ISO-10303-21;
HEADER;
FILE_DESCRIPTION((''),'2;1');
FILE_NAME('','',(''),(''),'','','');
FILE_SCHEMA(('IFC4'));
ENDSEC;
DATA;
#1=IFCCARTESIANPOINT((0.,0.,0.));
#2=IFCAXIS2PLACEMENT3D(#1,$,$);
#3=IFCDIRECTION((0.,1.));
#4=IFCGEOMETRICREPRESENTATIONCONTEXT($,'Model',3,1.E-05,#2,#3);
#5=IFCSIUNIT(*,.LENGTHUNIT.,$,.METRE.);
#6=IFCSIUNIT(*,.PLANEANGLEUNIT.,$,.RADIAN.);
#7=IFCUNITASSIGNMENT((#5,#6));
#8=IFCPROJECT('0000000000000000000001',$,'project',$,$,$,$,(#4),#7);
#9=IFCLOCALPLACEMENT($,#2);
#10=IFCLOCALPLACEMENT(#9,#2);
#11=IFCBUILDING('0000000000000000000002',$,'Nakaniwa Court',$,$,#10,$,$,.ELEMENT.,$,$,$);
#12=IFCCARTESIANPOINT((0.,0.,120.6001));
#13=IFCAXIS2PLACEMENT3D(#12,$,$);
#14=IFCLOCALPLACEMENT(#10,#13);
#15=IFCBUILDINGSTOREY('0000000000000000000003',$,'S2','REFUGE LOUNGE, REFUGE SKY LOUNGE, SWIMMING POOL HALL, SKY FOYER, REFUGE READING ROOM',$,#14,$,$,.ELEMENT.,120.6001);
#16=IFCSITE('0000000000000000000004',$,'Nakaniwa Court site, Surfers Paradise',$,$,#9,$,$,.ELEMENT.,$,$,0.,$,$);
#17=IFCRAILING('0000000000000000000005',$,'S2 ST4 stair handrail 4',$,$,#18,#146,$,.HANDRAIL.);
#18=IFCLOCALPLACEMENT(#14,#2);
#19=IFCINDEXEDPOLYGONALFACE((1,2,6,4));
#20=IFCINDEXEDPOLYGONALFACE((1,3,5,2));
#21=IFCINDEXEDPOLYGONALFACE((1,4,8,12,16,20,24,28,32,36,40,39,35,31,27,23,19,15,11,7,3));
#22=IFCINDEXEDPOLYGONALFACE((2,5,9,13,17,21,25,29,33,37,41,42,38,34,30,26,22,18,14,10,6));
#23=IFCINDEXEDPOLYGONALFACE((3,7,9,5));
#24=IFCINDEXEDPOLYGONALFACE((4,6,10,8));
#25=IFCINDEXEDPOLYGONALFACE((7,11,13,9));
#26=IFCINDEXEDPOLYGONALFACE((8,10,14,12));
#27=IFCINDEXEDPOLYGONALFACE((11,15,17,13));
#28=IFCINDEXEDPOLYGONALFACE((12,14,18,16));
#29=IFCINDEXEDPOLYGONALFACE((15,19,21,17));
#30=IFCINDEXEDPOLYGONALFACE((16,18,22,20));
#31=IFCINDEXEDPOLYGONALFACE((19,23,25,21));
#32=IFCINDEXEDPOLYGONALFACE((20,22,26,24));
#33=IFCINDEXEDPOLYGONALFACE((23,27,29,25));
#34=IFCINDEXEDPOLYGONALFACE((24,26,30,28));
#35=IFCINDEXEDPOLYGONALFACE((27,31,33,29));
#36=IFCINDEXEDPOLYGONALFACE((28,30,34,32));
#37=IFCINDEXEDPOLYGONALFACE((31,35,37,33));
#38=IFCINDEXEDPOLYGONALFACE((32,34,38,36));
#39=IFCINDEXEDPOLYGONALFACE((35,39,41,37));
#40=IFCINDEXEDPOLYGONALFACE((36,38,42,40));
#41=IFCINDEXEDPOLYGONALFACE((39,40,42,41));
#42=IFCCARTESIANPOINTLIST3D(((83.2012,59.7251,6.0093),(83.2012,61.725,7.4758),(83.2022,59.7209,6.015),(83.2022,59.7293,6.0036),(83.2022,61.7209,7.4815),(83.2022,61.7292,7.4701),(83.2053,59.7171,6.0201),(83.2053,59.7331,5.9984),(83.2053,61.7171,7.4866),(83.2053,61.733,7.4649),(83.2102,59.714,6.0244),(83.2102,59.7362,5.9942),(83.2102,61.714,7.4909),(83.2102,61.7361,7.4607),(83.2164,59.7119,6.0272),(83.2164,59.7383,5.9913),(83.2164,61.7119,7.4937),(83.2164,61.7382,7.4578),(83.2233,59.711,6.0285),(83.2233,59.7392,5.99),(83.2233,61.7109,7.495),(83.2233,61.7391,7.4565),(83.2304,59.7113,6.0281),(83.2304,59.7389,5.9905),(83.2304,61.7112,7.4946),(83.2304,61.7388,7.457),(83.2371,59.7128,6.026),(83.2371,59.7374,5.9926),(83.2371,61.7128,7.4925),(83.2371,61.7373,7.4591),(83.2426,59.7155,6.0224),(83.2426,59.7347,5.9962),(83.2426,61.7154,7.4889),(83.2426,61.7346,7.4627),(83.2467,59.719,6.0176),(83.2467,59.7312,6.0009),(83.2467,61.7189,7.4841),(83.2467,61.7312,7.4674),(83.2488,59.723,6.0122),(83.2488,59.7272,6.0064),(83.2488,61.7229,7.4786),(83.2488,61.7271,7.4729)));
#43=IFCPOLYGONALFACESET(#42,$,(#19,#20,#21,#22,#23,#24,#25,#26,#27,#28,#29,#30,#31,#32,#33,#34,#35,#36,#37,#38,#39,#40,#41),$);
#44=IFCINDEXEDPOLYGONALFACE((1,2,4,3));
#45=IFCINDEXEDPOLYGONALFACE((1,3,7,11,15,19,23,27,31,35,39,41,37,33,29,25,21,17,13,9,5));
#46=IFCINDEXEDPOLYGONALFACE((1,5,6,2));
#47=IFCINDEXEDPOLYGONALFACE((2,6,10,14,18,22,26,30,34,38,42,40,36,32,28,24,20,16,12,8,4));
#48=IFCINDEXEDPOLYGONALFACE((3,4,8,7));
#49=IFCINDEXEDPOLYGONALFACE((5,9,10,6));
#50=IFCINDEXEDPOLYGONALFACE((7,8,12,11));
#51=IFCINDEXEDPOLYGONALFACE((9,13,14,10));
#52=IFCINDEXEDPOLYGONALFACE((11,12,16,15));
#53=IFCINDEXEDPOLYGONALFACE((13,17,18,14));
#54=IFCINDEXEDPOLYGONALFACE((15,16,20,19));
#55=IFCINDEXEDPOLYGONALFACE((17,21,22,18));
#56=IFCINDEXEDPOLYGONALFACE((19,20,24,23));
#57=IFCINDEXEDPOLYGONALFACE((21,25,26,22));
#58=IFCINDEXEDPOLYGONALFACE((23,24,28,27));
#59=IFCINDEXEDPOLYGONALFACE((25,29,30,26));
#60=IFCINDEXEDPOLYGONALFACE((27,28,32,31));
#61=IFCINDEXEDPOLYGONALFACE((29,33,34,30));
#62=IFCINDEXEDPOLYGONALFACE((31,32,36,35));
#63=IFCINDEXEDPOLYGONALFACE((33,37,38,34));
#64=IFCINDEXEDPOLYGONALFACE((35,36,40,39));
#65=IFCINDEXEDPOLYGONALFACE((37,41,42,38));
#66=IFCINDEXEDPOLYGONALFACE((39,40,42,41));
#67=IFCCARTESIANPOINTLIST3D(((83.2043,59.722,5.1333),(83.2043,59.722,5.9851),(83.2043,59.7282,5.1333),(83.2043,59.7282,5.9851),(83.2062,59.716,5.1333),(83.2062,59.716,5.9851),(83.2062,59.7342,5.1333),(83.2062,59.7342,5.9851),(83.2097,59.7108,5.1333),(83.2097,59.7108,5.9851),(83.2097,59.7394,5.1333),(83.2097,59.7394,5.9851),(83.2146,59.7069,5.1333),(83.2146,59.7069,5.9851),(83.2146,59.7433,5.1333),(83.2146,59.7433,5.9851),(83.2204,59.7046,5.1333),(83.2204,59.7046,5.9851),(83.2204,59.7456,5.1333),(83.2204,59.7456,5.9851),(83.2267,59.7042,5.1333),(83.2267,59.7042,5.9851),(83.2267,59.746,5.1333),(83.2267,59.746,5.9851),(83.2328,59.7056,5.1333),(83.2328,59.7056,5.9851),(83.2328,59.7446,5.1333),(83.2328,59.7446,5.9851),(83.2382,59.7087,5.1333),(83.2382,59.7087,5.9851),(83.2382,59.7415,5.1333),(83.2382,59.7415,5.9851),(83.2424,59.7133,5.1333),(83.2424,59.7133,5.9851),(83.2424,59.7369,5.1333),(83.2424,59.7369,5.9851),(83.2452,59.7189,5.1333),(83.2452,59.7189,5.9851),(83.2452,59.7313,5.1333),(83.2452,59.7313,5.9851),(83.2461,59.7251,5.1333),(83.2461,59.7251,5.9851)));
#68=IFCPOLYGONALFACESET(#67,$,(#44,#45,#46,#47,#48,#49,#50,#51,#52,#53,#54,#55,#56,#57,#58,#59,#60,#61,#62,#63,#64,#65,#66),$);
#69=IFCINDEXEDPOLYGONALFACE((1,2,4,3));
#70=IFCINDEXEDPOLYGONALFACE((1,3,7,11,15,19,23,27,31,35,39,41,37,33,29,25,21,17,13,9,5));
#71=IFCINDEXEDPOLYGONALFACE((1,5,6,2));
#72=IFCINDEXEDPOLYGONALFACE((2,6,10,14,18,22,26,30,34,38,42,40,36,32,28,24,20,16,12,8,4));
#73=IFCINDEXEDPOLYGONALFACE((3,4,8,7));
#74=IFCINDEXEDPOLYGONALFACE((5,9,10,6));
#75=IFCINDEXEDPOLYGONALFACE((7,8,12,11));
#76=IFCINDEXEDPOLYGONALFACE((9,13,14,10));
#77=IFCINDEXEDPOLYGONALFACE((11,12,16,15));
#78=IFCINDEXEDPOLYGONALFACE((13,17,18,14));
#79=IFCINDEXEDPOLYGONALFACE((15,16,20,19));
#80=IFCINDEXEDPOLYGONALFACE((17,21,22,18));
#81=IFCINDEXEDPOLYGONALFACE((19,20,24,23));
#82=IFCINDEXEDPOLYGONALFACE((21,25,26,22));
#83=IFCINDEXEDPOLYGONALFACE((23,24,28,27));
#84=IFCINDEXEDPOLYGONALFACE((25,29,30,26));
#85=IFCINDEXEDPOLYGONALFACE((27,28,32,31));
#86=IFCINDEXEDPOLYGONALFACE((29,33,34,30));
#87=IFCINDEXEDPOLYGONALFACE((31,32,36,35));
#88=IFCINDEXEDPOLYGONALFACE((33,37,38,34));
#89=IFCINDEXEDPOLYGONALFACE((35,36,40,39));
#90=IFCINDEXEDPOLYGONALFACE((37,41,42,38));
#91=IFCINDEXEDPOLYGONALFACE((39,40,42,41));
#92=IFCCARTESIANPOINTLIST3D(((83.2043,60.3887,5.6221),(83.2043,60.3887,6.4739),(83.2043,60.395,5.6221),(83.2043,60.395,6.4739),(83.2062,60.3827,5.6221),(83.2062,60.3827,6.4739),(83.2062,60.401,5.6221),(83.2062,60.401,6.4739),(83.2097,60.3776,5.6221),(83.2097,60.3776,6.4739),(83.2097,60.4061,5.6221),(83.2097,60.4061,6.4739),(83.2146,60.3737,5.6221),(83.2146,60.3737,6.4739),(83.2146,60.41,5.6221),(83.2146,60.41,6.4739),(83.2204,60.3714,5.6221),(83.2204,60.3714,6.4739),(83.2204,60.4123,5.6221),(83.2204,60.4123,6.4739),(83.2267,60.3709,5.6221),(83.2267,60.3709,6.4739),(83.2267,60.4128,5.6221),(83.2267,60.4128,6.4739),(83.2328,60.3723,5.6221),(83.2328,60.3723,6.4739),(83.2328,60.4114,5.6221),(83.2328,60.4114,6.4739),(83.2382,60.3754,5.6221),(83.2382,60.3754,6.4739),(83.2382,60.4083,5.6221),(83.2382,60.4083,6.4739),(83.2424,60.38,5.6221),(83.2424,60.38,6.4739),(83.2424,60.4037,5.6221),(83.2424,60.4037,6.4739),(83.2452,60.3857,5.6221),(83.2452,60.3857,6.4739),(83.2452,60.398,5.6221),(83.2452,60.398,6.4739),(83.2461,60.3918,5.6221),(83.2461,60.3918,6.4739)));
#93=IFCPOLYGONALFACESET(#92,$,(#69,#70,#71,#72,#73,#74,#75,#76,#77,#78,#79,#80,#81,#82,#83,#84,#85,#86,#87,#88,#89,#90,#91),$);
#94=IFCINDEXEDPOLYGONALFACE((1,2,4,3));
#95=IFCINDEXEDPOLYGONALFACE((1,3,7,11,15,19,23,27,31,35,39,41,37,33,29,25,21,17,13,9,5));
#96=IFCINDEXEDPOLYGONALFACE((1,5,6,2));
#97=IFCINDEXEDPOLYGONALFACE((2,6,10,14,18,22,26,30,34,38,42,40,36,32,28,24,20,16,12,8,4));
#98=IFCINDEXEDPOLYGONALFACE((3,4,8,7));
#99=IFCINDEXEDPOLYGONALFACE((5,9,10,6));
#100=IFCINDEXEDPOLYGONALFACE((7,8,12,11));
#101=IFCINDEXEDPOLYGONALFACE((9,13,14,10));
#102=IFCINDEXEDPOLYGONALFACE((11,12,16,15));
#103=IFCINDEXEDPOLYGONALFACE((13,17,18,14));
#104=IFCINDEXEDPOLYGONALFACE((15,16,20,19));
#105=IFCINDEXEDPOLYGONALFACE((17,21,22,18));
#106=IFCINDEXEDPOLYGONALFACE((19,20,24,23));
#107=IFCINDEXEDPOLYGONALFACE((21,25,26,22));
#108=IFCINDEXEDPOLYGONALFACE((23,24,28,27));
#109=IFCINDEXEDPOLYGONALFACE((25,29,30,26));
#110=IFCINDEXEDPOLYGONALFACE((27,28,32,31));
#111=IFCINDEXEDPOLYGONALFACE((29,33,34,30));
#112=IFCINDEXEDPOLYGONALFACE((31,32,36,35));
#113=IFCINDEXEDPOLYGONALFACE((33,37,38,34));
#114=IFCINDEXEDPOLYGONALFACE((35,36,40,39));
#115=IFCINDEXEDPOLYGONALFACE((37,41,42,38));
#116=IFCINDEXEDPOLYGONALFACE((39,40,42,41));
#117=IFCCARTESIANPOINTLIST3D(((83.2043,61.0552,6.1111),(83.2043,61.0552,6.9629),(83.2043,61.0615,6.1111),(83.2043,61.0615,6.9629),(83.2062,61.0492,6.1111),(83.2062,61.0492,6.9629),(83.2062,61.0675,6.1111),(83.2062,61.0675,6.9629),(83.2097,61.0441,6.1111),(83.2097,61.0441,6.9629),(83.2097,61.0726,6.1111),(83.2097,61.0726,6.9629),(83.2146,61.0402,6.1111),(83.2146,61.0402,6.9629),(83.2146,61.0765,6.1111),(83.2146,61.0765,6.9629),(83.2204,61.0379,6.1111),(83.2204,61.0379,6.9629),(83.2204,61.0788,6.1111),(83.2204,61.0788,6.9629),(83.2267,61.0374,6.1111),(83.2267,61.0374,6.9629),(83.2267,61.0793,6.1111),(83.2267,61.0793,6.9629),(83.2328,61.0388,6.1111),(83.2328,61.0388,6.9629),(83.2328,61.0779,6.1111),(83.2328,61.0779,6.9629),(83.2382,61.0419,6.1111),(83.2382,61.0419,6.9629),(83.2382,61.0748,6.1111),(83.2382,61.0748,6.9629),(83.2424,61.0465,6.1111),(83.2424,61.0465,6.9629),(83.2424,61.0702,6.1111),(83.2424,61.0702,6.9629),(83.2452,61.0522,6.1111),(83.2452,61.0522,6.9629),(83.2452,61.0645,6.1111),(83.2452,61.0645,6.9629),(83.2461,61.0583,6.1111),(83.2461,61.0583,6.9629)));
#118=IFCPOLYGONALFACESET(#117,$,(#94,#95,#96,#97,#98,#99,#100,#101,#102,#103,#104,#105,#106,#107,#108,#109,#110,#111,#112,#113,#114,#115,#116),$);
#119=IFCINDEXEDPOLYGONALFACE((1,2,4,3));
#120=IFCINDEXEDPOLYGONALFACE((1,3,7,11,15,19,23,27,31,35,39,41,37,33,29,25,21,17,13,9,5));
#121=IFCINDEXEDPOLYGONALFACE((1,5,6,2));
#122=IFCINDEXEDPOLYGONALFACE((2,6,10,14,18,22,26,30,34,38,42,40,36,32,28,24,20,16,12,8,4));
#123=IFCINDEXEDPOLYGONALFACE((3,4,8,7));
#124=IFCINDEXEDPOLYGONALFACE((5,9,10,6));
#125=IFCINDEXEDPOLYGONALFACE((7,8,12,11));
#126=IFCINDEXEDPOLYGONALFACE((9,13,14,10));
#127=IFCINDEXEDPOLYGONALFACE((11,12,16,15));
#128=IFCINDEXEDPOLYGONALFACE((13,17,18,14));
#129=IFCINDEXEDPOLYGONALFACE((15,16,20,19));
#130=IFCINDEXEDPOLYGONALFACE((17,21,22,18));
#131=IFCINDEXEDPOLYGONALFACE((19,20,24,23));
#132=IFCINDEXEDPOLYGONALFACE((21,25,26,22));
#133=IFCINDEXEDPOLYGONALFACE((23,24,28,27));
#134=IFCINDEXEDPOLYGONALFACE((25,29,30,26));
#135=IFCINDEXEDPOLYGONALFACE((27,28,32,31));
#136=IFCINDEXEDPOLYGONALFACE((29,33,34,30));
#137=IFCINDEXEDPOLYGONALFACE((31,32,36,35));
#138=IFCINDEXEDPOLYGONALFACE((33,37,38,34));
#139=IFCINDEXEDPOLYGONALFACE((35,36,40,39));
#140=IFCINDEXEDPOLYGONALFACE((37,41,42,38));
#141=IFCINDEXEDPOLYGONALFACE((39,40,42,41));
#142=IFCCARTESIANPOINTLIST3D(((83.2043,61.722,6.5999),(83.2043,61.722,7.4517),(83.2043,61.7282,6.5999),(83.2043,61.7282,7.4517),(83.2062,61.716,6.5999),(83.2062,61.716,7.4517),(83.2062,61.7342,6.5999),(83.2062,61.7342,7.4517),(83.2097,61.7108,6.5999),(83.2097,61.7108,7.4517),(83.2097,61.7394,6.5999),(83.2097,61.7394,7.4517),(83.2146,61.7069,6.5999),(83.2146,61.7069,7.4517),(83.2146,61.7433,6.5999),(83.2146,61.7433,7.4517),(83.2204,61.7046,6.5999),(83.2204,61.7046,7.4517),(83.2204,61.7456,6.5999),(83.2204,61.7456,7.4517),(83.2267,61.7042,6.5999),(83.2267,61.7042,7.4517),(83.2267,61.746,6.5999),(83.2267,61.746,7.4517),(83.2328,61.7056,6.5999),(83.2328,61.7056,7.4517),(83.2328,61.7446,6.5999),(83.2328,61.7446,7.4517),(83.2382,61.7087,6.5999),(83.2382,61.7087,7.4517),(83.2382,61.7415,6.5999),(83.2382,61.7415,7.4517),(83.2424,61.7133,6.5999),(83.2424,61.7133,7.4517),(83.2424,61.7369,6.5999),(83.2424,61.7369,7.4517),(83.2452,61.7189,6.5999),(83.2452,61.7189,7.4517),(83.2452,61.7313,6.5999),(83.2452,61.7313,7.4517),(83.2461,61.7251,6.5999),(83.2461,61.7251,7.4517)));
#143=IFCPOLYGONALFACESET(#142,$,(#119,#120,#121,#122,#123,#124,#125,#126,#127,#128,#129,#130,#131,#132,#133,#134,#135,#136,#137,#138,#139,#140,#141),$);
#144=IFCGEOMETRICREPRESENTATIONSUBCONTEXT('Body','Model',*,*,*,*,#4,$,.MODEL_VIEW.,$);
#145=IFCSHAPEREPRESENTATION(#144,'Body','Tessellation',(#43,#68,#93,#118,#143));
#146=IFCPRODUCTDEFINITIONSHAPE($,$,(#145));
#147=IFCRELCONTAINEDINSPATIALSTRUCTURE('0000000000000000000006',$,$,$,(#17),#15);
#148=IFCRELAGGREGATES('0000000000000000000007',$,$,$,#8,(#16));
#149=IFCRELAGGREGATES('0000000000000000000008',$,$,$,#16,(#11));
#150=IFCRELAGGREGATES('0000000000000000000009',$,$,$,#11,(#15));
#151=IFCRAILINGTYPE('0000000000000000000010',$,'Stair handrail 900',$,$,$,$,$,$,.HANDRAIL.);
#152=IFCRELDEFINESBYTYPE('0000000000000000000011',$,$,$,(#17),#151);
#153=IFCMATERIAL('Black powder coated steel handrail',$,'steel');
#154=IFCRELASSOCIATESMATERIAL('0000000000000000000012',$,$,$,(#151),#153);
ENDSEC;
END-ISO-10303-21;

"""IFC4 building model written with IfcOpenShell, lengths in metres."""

from ifc_helpers import new_model, si_unit, direction, frame, origin, origin_2d, place, context, subcontext, project, spatial, circle, extrude, material, type_object, element, save


model = new_model("IFC4")

# Units and contexts
model_context = context("Model", 3, precision=1e-05, world=origin(), true_north=direction((0.0, 1.0)))
body_context = subcontext(model_context, "Body", "Model", "MODEL_VIEW")
ifc_project = project(units=[si_unit("LENGTHUNIT", "METRE"), si_unit("PLANEANGLEUNIT", "RADIAN")], contexts=[model_context])

# Site, building, storey
site_placement = place(None, origin())
site = spatial("IfcSite", under=ifc_project, at=site_placement, Name="Nakaniwa Court site, Surfers Paradise", CompositionType="ELEMENT", RefElevation=0.0)
building_placement = place(site_placement, origin())
building = spatial("IfcBuilding", under=site, at=building_placement, Name="Nakaniwa Court", CompositionType="ELEMENT")
storey_placement = place(building_placement, frame((0.0, 0.0, 120.6001)))
storey = spatial("IfcBuildingStorey", under=building, at=storey_placement, Name="S2", Description="REFUGE LOUNGE, REFUGE SKY LOUNGE, SWIMMING POOL HALL, SKY FOYER, REFUGE READING ROOM", CompositionType="ELEMENT", Elevation=120.6001)

# Railing
ifc_material_1 = material(Name="Black powder coated steel handrail", Category="steel")
railing_type_1 = type_object("IfcRailingType", Name="Stair handrail 900", PredefinedType="HANDRAIL", material=ifc_material_1)
railing_1_placement = place(storey_placement, frame((83.2251, 59.7251, 5.1333)))
element("IfcRailing", 1, at=railing_1_placement, inside=storey, type_object=railing_type_1, Name="S2 ST4 stair handrail 4", PredefinedType="HANDRAIL", context=body_context, shape_type="SweptSolid", body=[
    extrude(circle(Radius=0.0239, at=origin_2d()), frame((0.0, 0.0, 0.876), z_axis=(0.0, 0.806427, 0.591334), x_axis=(-1.0, 0.0, 0.0)), (0.0, 0.0, 1.0), 2.48),
    extrude(circle(Radius=0.021, at=origin_2d()), origin(), (0.0, 0.0, 1.0), 0.8518),
    extrude(circle(Radius=0.021, at=origin_2d()), frame((0.0, 0.6667, 0.4888)), (0.0, 0.0, 1.0), 0.8518),
    extrude(circle(Radius=0.021, at=origin_2d()), frame((0.0, 1.3333, 0.9778)), (0.0, 0.0, 1.0), 0.8518),
    extrude(circle(Radius=0.021, at=origin_2d()), frame((0.0, 2.0, 1.4666)), (0.0, 0.0, 1.0), 0.8518),
])

save(model, "model.ifc")
